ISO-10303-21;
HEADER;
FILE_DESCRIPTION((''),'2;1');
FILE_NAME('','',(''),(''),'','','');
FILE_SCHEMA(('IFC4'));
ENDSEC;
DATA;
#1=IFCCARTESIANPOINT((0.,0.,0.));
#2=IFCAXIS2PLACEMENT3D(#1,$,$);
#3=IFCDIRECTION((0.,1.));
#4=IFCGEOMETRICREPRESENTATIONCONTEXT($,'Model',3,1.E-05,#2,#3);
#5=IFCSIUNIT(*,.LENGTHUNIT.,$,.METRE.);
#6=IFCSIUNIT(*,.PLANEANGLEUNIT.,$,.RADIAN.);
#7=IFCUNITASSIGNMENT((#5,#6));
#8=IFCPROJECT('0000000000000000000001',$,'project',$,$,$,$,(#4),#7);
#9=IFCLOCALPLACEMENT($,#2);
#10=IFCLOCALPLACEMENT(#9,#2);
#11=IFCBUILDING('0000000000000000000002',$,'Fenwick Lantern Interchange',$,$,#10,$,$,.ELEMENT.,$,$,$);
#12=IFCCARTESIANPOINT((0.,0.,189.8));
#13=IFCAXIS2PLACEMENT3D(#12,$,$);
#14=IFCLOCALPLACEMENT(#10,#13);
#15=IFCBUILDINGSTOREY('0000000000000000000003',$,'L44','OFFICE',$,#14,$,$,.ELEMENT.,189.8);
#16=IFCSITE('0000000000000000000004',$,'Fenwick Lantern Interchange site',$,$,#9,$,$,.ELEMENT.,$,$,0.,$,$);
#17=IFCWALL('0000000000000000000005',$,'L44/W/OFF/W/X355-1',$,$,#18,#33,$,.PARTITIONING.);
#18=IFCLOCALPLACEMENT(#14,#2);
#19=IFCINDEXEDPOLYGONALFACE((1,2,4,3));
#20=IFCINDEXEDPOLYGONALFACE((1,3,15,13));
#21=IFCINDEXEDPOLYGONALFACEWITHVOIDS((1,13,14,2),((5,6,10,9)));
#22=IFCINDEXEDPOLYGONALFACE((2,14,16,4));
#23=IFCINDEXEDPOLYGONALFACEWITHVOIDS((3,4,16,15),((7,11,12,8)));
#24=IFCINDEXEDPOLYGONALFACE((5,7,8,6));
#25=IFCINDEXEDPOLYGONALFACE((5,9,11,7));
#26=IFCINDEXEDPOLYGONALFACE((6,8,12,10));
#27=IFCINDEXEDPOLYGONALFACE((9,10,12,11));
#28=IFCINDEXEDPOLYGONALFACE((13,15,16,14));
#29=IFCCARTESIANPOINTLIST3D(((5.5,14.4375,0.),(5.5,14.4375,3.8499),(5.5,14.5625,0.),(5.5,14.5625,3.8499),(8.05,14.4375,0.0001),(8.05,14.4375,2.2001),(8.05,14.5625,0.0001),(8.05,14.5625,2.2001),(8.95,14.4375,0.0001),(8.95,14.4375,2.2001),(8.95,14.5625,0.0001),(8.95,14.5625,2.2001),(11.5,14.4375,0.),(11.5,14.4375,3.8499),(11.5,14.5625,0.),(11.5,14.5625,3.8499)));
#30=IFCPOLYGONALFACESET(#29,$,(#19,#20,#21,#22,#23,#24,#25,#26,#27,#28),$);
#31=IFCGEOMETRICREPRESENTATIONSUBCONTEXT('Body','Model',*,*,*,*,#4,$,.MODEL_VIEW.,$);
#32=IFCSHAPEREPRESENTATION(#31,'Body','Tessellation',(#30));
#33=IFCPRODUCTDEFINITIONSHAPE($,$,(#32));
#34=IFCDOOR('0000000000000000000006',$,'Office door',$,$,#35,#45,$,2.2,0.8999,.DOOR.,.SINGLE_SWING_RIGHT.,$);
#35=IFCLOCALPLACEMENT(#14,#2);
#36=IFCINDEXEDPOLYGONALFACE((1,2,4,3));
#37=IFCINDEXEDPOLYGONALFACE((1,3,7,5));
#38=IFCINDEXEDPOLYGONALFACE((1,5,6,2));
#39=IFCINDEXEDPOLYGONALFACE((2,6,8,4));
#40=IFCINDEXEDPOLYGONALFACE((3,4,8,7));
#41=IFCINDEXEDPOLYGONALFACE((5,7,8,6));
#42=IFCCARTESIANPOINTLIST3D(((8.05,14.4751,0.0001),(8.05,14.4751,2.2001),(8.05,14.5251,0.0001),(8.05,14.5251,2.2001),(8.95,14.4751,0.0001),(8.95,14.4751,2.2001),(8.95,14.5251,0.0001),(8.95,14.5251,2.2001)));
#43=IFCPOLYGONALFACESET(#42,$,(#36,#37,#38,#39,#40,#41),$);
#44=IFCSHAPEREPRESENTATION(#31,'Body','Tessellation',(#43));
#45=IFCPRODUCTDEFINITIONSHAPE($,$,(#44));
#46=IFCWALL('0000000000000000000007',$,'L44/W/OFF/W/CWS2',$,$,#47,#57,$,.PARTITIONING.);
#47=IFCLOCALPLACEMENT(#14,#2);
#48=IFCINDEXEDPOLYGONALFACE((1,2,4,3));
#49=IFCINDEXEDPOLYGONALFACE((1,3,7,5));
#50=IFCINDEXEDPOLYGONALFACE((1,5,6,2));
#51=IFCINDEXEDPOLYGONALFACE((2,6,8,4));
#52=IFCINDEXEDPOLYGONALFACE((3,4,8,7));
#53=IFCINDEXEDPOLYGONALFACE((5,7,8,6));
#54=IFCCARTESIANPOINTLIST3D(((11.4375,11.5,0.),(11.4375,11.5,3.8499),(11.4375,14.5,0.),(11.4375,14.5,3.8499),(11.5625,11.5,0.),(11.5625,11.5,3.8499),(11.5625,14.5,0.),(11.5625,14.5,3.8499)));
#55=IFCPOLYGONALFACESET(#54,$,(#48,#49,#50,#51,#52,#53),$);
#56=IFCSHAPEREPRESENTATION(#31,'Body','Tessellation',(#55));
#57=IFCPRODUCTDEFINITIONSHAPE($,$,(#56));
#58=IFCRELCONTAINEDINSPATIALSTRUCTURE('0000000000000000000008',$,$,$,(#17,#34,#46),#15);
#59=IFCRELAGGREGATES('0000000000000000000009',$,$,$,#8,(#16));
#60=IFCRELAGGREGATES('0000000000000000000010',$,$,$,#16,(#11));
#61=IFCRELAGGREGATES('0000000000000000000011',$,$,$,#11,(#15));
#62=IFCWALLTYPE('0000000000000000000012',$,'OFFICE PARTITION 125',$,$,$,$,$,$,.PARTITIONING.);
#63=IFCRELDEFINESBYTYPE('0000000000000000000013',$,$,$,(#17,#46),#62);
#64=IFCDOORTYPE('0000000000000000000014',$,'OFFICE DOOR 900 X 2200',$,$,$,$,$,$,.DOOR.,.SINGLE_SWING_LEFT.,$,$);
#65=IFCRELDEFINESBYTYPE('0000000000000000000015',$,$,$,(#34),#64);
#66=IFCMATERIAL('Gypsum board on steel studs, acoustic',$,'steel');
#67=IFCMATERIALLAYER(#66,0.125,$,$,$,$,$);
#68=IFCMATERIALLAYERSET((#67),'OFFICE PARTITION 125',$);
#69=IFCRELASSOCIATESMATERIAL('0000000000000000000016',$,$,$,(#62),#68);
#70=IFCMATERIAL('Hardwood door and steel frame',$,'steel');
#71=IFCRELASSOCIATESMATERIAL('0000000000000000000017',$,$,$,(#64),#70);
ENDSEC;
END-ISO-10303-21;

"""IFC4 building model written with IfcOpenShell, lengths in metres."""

from ifc_helpers import new_model, si_unit, direction, frame, frame_2d, origin, place, context, subcontext, project, spatial, rectangle, extrude, material, layer, layer_set, type_object, element, fill, save


model = new_model("IFC4")

# Units and contexts
model_context = context("Model", 3, precision=1e-05, world=origin(), true_north=direction((0.0, 1.0)))
body_context = subcontext(model_context, "Body", "Model", "MODEL_VIEW")
ifc_project = project(units=[si_unit("LENGTHUNIT", "METRE"), si_unit("PLANEANGLEUNIT", "RADIAN")], contexts=[model_context])

# Site, building, storey
site_placement = place(None, origin())
site = spatial("IfcSite", under=ifc_project, at=site_placement, Name="Fenwick Lantern Interchange site", CompositionType="ELEMENT", RefElevation=0.0)
building_placement = place(site_placement, origin())
building = spatial("IfcBuilding", under=site, at=building_placement, Name="Fenwick Lantern Interchange", CompositionType="ELEMENT")
storey_placement = place(building_placement, frame((0.0, 0.0, 189.8)))
storey = spatial("IfcBuildingStorey", under=building, at=storey_placement, Name="L44", Description="OFFICE", CompositionType="ELEMENT", Elevation=189.8)

# Shared definitions
ifc_material_1 = material(Name="Hardwood door and steel frame", Category="steel")

# Shared definitions
ifc_material_2 = material(Name="Gypsum board on steel studs, acoustic", Category="steel")
ifc_layer_1 = layer(ifc_material_2, 0.125)
ifc_layer_set_1 = layer_set([ifc_layer_1], Name="OFFICE PARTITION 125")
wall_type_1 = type_object("IfcWallType", Name="OFFICE PARTITION 125", PredefinedType="PARTITIONING", material=ifc_layer_set_1)

# Wall, opening, door
wall_1_placement = place(storey_placement, frame((5.5, 14.5, 0.0), z_axis=(0.0, 0.0, 1.0), x_axis=(1.0, 0.0, 0.0)))
wall_1 = element("IfcWall", 1, at=wall_1_placement, inside=storey, type_object=wall_type_1, Name="L44/W/OFF/W/X355-1", PredefinedType="PARTITIONING", context=body_context, shape_type="SweptSolid", body=[
    extrude(rectangle(XDim=6.0, YDim=0.125, at=frame_2d((3.0, 0.0))), origin(), (0.0, 0.0, 1.0), 3.8499),
])
opening_1_placement = place(wall_1_placement, frame((2.55, 0.0, 0.0)))
opening_1 = element("IfcOpeningElement", 2, at=opening_1_placement, cuts=wall_1, PredefinedType="OPENING", context=body_context, shape_type="SweptSolid", body=[
    extrude(rectangle(XDim=0.8999, YDim=2.2, at=frame_2d((0.45, 1.1001))), frame((0.0, 0.0725, 0.0), z_axis=(0.0, -1.0, 0.0), x_axis=(1.0, 0.0, 0.0)), (0.0, 0.0, 1.0), 0.145),
])
door_type_1 = type_object("IfcDoorType", Name="OFFICE DOOR 900 X 2200", OperationType="SINGLE_SWING_LEFT", PredefinedType="DOOR", material=ifc_material_1)
door_1_placement = place(opening_1_placement, frame((0.8999, 0.0, 0.0), z_axis=(0.0, 0.0, 1.0), x_axis=(-1.0, 0.0, 0.0)))
door_1 = element("IfcDoor", 3, at=door_1_placement, inside=storey, type_object=door_type_1, Name="Office door", OperationType="SINGLE_SWING_RIGHT", OverallHeight=2.2, OverallWidth=0.8999, PredefinedType="DOOR", context=body_context, shape_type="SweptSolid", body=[
    extrude(rectangle(XDim=0.8999, YDim=2.2, at=frame_2d((0.45, 1.1001))), frame((0.0, 0.0249, 0.0), z_axis=(0.0, -1.0, 0.0), x_axis=(1.0, 0.0, 0.0)), (0.0, 0.0, 1.0), 0.05),
])
fill(opening_1, door_1)

# Wall
wall_2_placement = place(storey_placement, frame((11.5, 14.5, 0.0), z_axis=(0.0, 0.0, 1.0), x_axis=(0.0, -1.0, 0.0)))
element("IfcWall", 4, at=wall_2_placement, inside=storey, type_object=wall_type_1, Name="L44/W/OFF/W/CWS2", PredefinedType="PARTITIONING", context=body_context, shape_type="SweptSolid", body=[
    extrude(rectangle(XDim=3.0, YDim=0.125, at=frame_2d((1.5, 0.0))), origin(), (0.0, 0.0, 1.0), 3.8499),
])

save(model, "model.ifc")
